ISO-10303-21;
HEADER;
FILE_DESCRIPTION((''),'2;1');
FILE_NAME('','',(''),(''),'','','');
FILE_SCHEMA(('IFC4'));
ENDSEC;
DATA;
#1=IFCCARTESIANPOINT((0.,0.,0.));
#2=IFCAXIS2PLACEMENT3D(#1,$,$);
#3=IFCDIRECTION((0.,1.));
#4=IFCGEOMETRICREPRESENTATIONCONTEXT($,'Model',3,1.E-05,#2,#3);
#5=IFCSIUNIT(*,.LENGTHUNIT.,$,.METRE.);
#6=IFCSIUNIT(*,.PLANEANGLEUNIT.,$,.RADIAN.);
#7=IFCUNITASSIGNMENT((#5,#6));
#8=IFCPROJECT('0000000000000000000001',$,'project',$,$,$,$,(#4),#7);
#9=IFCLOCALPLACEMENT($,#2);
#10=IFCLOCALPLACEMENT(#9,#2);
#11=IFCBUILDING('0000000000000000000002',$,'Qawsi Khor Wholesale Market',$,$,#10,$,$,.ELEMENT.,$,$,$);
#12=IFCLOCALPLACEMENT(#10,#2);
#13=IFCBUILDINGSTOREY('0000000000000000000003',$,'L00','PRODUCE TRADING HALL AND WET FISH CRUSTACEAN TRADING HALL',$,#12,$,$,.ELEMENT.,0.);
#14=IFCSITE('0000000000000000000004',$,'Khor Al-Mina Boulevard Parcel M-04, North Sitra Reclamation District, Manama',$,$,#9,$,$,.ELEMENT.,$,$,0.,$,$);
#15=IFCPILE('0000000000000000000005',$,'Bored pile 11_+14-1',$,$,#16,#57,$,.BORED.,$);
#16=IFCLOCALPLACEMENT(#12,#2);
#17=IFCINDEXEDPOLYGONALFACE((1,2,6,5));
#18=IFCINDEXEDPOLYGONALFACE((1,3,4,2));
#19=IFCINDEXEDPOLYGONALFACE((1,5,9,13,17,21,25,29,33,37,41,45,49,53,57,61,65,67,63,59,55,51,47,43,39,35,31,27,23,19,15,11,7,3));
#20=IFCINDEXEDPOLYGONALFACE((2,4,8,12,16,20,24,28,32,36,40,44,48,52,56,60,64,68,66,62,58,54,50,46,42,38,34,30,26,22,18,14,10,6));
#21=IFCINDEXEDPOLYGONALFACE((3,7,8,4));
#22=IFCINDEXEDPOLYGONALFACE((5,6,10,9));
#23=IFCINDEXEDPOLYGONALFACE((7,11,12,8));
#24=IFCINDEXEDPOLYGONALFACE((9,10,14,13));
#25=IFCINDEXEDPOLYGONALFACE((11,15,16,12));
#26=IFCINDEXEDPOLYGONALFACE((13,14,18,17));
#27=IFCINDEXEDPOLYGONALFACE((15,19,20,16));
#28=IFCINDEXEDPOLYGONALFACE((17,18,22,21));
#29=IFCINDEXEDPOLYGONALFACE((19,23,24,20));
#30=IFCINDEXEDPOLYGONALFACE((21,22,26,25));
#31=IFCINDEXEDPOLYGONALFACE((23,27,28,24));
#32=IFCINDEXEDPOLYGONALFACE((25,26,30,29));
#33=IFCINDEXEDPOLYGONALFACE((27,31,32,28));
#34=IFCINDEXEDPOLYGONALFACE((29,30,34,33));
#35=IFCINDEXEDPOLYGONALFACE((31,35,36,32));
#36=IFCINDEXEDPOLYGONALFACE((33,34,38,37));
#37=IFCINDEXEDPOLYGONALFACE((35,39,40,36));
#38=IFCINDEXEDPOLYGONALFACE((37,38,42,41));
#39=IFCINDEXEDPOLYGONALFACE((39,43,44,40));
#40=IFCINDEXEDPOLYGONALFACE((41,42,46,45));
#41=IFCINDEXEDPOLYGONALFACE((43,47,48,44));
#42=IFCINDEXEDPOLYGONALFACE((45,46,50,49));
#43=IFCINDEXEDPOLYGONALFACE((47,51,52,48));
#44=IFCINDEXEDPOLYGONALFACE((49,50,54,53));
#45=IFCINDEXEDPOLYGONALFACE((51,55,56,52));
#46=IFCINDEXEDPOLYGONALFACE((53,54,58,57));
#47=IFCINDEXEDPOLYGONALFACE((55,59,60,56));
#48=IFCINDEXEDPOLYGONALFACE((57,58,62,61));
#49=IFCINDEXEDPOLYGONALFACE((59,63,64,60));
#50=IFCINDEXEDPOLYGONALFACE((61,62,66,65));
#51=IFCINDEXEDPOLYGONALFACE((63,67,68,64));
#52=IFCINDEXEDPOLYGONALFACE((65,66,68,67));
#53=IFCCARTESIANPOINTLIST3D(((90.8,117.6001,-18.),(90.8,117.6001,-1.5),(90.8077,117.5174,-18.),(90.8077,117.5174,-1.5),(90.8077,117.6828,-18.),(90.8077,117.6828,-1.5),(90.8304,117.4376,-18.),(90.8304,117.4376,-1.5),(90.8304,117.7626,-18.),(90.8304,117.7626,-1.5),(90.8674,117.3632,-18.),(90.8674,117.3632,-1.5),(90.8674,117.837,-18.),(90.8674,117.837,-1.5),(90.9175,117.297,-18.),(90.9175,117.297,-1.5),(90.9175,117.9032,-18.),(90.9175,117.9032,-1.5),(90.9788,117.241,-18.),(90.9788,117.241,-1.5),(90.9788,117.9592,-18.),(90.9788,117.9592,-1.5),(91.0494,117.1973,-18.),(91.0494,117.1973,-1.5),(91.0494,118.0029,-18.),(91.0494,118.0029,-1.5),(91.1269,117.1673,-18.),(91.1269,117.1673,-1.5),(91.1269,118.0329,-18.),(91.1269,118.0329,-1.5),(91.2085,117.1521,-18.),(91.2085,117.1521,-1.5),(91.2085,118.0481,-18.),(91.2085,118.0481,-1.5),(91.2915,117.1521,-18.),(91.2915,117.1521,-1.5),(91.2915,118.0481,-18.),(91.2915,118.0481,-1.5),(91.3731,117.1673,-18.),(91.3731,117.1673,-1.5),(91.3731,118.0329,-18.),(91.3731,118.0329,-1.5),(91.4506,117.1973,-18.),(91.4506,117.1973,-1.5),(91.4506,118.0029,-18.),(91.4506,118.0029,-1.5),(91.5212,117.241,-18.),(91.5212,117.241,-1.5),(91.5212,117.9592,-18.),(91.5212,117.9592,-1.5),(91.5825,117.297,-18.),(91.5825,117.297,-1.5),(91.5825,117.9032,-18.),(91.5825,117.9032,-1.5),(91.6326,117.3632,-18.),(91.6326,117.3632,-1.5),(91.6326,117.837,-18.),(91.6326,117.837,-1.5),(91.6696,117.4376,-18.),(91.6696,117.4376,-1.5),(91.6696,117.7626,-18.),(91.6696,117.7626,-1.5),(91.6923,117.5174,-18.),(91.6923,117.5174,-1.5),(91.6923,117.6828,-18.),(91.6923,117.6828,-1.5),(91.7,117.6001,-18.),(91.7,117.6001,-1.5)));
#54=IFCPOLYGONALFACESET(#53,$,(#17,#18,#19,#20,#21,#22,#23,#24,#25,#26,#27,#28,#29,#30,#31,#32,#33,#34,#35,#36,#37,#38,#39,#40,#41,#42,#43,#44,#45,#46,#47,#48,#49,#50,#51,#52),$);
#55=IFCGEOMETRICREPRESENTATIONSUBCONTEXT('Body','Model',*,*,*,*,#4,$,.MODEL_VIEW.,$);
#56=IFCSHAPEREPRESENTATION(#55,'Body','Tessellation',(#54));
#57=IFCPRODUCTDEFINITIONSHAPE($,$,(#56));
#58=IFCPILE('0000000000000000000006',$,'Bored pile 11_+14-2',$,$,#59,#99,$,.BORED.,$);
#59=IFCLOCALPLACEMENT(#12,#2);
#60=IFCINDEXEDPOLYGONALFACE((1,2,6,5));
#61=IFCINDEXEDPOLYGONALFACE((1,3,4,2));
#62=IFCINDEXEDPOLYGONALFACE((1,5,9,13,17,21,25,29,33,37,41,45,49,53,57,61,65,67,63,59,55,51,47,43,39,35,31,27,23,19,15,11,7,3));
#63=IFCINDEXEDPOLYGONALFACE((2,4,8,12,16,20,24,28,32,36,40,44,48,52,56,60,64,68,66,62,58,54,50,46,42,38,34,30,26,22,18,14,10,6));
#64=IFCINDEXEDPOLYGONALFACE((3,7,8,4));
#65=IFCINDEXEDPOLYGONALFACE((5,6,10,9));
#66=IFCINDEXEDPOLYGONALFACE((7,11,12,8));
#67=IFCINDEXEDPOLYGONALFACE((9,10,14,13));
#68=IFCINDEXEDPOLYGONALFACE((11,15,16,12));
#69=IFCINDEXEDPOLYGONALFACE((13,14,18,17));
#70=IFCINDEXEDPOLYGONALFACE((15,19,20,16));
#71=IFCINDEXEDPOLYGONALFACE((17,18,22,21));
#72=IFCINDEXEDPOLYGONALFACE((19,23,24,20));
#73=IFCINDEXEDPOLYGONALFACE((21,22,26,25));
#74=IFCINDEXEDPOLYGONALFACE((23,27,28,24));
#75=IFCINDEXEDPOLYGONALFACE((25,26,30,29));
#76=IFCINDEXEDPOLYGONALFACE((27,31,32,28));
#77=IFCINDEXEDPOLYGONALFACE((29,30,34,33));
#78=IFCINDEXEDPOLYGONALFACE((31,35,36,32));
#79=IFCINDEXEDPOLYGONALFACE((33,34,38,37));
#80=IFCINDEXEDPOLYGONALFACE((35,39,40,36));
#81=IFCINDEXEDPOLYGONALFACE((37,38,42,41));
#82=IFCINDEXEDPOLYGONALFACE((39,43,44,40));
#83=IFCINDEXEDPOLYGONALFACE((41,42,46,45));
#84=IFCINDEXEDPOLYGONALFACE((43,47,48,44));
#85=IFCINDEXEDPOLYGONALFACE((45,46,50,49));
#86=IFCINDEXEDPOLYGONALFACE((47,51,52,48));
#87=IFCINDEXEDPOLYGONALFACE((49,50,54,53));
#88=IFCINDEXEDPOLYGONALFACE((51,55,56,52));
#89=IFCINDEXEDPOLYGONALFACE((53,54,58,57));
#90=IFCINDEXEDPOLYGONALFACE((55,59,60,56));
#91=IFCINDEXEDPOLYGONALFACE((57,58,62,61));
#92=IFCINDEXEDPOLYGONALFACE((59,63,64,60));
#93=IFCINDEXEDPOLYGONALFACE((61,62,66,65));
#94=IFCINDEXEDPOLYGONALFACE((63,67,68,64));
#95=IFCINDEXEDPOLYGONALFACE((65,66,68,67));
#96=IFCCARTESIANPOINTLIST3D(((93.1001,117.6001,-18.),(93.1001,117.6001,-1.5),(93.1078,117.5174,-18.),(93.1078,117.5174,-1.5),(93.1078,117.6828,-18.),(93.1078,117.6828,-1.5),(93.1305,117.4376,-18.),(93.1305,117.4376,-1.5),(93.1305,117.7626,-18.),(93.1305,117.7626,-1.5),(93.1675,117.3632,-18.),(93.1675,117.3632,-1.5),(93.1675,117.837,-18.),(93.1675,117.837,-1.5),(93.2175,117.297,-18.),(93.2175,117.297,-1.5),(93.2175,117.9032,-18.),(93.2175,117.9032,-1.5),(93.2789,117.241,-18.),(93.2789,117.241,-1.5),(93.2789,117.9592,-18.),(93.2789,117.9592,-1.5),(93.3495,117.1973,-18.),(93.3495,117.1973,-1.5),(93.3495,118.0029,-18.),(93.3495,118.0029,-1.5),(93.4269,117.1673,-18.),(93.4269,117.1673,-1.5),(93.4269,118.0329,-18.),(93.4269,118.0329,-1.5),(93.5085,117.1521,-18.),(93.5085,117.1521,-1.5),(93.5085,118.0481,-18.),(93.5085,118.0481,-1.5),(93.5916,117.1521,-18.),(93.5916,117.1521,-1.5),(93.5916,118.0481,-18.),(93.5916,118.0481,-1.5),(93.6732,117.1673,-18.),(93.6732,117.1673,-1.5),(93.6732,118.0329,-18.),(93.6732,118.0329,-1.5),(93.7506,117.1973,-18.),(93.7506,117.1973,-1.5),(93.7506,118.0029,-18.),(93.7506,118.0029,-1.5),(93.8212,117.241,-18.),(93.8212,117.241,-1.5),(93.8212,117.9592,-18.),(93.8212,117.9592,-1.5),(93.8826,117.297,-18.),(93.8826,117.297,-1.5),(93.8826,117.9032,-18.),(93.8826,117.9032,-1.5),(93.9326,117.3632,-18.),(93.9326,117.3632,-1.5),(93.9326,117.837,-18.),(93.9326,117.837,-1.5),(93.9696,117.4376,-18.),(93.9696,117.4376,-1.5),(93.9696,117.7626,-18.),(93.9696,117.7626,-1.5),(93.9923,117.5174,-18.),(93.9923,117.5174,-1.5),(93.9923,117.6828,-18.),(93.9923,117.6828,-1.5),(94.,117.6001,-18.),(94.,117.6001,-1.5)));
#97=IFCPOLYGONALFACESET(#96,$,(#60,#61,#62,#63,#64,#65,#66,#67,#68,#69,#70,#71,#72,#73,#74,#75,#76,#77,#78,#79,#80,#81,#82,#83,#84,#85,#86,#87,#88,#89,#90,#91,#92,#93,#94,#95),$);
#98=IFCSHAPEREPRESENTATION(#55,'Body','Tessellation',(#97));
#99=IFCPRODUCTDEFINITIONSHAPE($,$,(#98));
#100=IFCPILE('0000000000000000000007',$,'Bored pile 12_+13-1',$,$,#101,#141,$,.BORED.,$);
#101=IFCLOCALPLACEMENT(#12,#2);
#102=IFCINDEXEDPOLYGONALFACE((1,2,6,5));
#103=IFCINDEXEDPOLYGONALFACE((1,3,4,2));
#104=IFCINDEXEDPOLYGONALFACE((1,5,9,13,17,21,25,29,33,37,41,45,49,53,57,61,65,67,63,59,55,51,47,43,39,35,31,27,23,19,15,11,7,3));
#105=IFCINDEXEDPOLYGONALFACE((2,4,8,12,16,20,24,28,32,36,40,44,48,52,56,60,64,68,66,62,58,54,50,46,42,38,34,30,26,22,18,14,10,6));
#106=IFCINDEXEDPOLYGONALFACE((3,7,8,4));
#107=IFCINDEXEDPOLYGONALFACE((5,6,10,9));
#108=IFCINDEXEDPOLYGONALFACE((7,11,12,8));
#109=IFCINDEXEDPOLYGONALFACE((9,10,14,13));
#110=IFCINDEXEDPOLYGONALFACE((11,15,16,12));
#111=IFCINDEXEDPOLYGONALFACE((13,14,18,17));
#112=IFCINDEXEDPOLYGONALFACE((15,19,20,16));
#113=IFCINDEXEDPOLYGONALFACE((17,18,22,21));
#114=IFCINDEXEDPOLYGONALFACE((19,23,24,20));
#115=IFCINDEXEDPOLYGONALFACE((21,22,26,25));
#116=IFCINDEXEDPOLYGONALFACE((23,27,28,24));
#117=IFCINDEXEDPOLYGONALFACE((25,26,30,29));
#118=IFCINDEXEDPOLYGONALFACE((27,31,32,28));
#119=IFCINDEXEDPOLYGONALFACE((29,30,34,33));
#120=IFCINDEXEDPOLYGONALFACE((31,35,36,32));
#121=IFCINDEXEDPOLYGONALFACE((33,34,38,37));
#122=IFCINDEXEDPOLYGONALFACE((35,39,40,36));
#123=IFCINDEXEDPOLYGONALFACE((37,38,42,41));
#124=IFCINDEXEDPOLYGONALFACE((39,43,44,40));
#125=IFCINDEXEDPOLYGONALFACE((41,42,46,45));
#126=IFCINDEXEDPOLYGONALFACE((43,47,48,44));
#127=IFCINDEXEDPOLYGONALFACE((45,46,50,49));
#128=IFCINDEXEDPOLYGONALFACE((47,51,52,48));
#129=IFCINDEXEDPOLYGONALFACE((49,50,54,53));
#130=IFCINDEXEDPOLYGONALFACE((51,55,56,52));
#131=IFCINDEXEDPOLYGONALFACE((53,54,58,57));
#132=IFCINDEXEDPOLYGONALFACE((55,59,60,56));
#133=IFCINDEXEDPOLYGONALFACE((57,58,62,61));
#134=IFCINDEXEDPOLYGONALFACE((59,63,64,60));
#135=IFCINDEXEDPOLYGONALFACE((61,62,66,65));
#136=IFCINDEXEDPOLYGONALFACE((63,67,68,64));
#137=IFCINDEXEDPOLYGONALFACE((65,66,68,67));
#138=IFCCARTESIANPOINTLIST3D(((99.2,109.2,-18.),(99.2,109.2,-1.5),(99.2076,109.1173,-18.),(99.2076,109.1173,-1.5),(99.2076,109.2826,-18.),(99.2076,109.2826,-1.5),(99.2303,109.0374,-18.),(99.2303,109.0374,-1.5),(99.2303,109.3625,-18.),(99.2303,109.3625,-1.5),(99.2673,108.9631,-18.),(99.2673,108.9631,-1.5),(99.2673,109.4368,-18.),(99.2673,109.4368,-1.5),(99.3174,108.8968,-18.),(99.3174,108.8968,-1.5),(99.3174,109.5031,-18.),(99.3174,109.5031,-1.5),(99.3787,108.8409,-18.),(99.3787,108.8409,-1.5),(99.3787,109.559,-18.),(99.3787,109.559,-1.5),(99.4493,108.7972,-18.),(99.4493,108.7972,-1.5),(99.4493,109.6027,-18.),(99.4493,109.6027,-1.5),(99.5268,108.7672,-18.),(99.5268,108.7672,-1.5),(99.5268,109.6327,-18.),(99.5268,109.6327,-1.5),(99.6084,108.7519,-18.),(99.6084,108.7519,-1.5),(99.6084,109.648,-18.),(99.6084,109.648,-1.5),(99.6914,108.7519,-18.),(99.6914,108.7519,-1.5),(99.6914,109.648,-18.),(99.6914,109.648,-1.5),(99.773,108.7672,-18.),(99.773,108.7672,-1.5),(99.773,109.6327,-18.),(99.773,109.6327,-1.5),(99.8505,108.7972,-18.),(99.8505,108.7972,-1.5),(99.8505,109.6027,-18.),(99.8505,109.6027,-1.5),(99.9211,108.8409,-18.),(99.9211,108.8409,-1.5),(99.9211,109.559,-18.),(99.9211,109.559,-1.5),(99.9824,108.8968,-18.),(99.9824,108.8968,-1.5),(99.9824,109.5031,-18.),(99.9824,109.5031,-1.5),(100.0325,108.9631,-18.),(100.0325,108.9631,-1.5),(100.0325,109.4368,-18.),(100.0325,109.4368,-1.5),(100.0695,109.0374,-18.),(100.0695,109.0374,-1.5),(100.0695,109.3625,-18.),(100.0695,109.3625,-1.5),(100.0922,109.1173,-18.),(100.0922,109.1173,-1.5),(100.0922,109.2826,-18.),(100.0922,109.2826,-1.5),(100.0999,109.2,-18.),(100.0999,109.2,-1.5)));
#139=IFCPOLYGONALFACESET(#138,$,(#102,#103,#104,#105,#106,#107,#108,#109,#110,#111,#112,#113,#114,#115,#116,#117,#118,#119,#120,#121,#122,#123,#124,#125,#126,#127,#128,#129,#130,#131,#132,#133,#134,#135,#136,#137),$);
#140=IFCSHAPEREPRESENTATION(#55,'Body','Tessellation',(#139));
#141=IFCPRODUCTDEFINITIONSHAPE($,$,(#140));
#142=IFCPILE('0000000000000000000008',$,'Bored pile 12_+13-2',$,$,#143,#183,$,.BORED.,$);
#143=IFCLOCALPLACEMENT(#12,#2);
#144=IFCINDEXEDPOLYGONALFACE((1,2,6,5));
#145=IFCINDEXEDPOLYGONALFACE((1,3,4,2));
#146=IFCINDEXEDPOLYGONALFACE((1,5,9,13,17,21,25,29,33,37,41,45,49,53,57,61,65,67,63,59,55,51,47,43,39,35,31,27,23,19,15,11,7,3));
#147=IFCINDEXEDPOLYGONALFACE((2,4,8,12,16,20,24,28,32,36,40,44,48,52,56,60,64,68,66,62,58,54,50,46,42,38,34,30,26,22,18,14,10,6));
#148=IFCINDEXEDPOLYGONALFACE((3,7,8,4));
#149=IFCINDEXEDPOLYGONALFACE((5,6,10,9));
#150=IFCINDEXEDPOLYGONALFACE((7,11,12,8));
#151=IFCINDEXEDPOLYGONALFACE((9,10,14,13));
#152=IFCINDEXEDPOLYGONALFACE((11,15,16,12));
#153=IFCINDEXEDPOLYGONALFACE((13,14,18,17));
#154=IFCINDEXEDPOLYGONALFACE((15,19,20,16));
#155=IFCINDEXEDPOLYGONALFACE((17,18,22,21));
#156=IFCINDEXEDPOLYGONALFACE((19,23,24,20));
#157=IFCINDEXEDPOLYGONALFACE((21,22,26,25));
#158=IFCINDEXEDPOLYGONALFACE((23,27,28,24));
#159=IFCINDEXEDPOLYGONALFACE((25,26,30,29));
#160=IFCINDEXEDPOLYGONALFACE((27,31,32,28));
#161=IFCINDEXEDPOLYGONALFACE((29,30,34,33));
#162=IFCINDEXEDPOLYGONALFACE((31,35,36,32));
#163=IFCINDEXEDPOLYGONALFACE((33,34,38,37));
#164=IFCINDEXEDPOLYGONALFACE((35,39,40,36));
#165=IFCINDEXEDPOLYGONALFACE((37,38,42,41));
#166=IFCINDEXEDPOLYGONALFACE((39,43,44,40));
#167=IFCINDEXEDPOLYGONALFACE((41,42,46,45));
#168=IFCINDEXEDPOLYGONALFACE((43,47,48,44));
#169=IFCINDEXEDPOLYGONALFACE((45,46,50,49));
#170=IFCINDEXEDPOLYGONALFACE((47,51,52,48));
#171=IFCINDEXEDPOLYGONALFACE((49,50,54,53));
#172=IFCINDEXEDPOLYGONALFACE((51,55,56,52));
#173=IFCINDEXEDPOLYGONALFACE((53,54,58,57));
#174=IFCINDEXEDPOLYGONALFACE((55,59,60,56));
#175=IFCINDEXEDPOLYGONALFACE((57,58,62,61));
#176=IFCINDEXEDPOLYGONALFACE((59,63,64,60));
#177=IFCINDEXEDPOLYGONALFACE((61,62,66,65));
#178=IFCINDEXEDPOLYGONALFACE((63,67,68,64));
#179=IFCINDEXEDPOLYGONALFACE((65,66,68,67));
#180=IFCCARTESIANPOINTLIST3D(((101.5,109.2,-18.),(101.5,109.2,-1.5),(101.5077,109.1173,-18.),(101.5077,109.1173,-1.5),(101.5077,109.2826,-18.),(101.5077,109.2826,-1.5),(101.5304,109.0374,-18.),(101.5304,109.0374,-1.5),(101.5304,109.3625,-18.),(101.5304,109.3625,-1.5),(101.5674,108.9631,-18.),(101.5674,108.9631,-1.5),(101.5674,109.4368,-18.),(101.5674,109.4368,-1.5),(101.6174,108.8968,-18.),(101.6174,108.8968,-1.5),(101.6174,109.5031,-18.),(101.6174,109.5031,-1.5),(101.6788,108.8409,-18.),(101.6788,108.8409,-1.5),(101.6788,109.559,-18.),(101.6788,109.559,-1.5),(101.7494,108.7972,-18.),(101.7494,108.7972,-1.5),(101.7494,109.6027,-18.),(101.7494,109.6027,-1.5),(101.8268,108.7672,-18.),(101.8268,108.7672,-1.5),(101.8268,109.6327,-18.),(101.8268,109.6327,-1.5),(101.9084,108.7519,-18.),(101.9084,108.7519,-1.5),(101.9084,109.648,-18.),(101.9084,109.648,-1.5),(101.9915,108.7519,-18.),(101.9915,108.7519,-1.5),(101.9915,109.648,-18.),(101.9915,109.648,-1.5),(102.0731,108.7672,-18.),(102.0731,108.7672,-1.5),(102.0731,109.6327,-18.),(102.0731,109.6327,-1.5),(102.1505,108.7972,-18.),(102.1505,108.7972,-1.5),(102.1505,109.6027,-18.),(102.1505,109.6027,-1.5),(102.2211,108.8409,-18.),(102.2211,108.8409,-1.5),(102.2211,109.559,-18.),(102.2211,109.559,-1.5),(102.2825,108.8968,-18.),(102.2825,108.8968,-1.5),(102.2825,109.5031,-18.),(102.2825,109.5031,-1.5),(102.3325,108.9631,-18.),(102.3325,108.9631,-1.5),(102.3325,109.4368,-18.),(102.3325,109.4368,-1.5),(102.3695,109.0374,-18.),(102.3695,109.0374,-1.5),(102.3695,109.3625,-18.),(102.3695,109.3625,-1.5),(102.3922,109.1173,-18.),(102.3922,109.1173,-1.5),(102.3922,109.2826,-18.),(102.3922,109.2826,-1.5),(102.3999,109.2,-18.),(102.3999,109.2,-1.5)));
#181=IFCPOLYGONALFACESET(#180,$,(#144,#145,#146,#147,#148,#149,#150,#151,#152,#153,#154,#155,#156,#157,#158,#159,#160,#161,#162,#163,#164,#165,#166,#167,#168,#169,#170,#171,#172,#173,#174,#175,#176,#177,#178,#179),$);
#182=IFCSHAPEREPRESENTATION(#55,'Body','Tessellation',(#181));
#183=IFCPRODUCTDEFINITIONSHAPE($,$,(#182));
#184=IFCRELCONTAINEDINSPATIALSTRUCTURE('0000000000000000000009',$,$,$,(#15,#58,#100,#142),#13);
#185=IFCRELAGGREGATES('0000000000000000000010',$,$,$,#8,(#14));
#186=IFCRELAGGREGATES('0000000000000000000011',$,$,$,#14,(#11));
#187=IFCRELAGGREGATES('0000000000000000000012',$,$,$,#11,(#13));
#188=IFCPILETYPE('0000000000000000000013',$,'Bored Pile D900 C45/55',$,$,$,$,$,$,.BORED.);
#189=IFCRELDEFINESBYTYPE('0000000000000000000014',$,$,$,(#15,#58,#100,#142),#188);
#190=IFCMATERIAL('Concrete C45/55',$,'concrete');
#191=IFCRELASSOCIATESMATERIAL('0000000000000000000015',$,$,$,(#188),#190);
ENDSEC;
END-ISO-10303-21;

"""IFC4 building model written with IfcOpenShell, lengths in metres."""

from ifc_helpers import new_model, si_unit, direction, frame, origin, origin_2d, place, context, subcontext, project, spatial, circle, extrude, material, material_profile, profile_set, type_object, element, save


model = new_model("IFC4")

# Units and contexts
model_context = context("Model", 3, precision=1e-05, world=origin(), true_north=direction((0.0, 1.0)))
body_context = subcontext(model_context, "Body", "Model", "MODEL_VIEW")
ifc_project = project(units=[si_unit("LENGTHUNIT", "METRE"), si_unit("PLANEANGLEUNIT", "RADIAN")], contexts=[model_context])

# Site, building, storey
site_placement = place(None, origin())
site = spatial("IfcSite", under=ifc_project, at=site_placement, Name="Khor Al-Mina Boulevard Parcel M-04, North Sitra Reclamation District, Manama", CompositionType="ELEMENT", RefElevation=0.0)
building_placement = place(site_placement, origin())
building = spatial("IfcBuilding", under=site, at=building_placement, Name="Qawsi Khor Wholesale Market", CompositionType="ELEMENT")
storey_placement = place(building_placement, origin())
storey = spatial("IfcBuildingStorey", under=building, at=storey_placement, Name="L00", Description="PRODUCE TRADING HALL AND WET FISH CRUSTACEAN TRADING HALL", CompositionType="ELEMENT", Elevation=0.0)

# Piles
ifc_material_1 = material(Name="Concrete C45/55", Category="concrete")
ifc_material_profile_1 = material_profile(ifc_material_1, circle(Radius=0.45, at=origin_2d()), Name="PILE D900")
ifc_profile_set_1 = profile_set([ifc_material_profile_1], Name="Concrete C45/55")
pile_type = type_object("IfcPileType", Name="Bored Pile D900 C45/55", PredefinedType="BORED", material=ifc_profile_set_1)
for number, where, z_axis, x_axis, name in (
    (1, (91.25, 117.6001, -1.5), (0.0, 0.0, -1.0), (1.0, 0.0, 0.0), "Bored pile 11_+14-1"),
    (2, (93.55, 117.6001, -1.5), (0.0, 0.0, -1.0), (1.0, 0.0, 0.0), "Bored pile 11_+14-2"),
    (3, (99.6499, 109.2, -1.5), (0.0, 0.0, -1.0), (1.0, 0.0, 0.0), "Bored pile 12_+13-1"),
    (4, (101.95, 109.2, -1.5), (0.0, 0.0, -1.0), (1.0, 0.0, 0.0), "Bored pile 12_+13-2"),
):
    element("IfcPile", number, at=place(storey_placement, frame(where, z_axis=z_axis, x_axis=x_axis)), inside=storey, type_object=pile_type, Name=name, PredefinedType="BORED", context=body_context, shape_type="SweptSolid", body=[
        extrude(circle(Radius=0.45, at=origin_2d()), origin(), (0.0, 0.0, 1.0), 16.5),
    ])

save(model, "model.ifc")
